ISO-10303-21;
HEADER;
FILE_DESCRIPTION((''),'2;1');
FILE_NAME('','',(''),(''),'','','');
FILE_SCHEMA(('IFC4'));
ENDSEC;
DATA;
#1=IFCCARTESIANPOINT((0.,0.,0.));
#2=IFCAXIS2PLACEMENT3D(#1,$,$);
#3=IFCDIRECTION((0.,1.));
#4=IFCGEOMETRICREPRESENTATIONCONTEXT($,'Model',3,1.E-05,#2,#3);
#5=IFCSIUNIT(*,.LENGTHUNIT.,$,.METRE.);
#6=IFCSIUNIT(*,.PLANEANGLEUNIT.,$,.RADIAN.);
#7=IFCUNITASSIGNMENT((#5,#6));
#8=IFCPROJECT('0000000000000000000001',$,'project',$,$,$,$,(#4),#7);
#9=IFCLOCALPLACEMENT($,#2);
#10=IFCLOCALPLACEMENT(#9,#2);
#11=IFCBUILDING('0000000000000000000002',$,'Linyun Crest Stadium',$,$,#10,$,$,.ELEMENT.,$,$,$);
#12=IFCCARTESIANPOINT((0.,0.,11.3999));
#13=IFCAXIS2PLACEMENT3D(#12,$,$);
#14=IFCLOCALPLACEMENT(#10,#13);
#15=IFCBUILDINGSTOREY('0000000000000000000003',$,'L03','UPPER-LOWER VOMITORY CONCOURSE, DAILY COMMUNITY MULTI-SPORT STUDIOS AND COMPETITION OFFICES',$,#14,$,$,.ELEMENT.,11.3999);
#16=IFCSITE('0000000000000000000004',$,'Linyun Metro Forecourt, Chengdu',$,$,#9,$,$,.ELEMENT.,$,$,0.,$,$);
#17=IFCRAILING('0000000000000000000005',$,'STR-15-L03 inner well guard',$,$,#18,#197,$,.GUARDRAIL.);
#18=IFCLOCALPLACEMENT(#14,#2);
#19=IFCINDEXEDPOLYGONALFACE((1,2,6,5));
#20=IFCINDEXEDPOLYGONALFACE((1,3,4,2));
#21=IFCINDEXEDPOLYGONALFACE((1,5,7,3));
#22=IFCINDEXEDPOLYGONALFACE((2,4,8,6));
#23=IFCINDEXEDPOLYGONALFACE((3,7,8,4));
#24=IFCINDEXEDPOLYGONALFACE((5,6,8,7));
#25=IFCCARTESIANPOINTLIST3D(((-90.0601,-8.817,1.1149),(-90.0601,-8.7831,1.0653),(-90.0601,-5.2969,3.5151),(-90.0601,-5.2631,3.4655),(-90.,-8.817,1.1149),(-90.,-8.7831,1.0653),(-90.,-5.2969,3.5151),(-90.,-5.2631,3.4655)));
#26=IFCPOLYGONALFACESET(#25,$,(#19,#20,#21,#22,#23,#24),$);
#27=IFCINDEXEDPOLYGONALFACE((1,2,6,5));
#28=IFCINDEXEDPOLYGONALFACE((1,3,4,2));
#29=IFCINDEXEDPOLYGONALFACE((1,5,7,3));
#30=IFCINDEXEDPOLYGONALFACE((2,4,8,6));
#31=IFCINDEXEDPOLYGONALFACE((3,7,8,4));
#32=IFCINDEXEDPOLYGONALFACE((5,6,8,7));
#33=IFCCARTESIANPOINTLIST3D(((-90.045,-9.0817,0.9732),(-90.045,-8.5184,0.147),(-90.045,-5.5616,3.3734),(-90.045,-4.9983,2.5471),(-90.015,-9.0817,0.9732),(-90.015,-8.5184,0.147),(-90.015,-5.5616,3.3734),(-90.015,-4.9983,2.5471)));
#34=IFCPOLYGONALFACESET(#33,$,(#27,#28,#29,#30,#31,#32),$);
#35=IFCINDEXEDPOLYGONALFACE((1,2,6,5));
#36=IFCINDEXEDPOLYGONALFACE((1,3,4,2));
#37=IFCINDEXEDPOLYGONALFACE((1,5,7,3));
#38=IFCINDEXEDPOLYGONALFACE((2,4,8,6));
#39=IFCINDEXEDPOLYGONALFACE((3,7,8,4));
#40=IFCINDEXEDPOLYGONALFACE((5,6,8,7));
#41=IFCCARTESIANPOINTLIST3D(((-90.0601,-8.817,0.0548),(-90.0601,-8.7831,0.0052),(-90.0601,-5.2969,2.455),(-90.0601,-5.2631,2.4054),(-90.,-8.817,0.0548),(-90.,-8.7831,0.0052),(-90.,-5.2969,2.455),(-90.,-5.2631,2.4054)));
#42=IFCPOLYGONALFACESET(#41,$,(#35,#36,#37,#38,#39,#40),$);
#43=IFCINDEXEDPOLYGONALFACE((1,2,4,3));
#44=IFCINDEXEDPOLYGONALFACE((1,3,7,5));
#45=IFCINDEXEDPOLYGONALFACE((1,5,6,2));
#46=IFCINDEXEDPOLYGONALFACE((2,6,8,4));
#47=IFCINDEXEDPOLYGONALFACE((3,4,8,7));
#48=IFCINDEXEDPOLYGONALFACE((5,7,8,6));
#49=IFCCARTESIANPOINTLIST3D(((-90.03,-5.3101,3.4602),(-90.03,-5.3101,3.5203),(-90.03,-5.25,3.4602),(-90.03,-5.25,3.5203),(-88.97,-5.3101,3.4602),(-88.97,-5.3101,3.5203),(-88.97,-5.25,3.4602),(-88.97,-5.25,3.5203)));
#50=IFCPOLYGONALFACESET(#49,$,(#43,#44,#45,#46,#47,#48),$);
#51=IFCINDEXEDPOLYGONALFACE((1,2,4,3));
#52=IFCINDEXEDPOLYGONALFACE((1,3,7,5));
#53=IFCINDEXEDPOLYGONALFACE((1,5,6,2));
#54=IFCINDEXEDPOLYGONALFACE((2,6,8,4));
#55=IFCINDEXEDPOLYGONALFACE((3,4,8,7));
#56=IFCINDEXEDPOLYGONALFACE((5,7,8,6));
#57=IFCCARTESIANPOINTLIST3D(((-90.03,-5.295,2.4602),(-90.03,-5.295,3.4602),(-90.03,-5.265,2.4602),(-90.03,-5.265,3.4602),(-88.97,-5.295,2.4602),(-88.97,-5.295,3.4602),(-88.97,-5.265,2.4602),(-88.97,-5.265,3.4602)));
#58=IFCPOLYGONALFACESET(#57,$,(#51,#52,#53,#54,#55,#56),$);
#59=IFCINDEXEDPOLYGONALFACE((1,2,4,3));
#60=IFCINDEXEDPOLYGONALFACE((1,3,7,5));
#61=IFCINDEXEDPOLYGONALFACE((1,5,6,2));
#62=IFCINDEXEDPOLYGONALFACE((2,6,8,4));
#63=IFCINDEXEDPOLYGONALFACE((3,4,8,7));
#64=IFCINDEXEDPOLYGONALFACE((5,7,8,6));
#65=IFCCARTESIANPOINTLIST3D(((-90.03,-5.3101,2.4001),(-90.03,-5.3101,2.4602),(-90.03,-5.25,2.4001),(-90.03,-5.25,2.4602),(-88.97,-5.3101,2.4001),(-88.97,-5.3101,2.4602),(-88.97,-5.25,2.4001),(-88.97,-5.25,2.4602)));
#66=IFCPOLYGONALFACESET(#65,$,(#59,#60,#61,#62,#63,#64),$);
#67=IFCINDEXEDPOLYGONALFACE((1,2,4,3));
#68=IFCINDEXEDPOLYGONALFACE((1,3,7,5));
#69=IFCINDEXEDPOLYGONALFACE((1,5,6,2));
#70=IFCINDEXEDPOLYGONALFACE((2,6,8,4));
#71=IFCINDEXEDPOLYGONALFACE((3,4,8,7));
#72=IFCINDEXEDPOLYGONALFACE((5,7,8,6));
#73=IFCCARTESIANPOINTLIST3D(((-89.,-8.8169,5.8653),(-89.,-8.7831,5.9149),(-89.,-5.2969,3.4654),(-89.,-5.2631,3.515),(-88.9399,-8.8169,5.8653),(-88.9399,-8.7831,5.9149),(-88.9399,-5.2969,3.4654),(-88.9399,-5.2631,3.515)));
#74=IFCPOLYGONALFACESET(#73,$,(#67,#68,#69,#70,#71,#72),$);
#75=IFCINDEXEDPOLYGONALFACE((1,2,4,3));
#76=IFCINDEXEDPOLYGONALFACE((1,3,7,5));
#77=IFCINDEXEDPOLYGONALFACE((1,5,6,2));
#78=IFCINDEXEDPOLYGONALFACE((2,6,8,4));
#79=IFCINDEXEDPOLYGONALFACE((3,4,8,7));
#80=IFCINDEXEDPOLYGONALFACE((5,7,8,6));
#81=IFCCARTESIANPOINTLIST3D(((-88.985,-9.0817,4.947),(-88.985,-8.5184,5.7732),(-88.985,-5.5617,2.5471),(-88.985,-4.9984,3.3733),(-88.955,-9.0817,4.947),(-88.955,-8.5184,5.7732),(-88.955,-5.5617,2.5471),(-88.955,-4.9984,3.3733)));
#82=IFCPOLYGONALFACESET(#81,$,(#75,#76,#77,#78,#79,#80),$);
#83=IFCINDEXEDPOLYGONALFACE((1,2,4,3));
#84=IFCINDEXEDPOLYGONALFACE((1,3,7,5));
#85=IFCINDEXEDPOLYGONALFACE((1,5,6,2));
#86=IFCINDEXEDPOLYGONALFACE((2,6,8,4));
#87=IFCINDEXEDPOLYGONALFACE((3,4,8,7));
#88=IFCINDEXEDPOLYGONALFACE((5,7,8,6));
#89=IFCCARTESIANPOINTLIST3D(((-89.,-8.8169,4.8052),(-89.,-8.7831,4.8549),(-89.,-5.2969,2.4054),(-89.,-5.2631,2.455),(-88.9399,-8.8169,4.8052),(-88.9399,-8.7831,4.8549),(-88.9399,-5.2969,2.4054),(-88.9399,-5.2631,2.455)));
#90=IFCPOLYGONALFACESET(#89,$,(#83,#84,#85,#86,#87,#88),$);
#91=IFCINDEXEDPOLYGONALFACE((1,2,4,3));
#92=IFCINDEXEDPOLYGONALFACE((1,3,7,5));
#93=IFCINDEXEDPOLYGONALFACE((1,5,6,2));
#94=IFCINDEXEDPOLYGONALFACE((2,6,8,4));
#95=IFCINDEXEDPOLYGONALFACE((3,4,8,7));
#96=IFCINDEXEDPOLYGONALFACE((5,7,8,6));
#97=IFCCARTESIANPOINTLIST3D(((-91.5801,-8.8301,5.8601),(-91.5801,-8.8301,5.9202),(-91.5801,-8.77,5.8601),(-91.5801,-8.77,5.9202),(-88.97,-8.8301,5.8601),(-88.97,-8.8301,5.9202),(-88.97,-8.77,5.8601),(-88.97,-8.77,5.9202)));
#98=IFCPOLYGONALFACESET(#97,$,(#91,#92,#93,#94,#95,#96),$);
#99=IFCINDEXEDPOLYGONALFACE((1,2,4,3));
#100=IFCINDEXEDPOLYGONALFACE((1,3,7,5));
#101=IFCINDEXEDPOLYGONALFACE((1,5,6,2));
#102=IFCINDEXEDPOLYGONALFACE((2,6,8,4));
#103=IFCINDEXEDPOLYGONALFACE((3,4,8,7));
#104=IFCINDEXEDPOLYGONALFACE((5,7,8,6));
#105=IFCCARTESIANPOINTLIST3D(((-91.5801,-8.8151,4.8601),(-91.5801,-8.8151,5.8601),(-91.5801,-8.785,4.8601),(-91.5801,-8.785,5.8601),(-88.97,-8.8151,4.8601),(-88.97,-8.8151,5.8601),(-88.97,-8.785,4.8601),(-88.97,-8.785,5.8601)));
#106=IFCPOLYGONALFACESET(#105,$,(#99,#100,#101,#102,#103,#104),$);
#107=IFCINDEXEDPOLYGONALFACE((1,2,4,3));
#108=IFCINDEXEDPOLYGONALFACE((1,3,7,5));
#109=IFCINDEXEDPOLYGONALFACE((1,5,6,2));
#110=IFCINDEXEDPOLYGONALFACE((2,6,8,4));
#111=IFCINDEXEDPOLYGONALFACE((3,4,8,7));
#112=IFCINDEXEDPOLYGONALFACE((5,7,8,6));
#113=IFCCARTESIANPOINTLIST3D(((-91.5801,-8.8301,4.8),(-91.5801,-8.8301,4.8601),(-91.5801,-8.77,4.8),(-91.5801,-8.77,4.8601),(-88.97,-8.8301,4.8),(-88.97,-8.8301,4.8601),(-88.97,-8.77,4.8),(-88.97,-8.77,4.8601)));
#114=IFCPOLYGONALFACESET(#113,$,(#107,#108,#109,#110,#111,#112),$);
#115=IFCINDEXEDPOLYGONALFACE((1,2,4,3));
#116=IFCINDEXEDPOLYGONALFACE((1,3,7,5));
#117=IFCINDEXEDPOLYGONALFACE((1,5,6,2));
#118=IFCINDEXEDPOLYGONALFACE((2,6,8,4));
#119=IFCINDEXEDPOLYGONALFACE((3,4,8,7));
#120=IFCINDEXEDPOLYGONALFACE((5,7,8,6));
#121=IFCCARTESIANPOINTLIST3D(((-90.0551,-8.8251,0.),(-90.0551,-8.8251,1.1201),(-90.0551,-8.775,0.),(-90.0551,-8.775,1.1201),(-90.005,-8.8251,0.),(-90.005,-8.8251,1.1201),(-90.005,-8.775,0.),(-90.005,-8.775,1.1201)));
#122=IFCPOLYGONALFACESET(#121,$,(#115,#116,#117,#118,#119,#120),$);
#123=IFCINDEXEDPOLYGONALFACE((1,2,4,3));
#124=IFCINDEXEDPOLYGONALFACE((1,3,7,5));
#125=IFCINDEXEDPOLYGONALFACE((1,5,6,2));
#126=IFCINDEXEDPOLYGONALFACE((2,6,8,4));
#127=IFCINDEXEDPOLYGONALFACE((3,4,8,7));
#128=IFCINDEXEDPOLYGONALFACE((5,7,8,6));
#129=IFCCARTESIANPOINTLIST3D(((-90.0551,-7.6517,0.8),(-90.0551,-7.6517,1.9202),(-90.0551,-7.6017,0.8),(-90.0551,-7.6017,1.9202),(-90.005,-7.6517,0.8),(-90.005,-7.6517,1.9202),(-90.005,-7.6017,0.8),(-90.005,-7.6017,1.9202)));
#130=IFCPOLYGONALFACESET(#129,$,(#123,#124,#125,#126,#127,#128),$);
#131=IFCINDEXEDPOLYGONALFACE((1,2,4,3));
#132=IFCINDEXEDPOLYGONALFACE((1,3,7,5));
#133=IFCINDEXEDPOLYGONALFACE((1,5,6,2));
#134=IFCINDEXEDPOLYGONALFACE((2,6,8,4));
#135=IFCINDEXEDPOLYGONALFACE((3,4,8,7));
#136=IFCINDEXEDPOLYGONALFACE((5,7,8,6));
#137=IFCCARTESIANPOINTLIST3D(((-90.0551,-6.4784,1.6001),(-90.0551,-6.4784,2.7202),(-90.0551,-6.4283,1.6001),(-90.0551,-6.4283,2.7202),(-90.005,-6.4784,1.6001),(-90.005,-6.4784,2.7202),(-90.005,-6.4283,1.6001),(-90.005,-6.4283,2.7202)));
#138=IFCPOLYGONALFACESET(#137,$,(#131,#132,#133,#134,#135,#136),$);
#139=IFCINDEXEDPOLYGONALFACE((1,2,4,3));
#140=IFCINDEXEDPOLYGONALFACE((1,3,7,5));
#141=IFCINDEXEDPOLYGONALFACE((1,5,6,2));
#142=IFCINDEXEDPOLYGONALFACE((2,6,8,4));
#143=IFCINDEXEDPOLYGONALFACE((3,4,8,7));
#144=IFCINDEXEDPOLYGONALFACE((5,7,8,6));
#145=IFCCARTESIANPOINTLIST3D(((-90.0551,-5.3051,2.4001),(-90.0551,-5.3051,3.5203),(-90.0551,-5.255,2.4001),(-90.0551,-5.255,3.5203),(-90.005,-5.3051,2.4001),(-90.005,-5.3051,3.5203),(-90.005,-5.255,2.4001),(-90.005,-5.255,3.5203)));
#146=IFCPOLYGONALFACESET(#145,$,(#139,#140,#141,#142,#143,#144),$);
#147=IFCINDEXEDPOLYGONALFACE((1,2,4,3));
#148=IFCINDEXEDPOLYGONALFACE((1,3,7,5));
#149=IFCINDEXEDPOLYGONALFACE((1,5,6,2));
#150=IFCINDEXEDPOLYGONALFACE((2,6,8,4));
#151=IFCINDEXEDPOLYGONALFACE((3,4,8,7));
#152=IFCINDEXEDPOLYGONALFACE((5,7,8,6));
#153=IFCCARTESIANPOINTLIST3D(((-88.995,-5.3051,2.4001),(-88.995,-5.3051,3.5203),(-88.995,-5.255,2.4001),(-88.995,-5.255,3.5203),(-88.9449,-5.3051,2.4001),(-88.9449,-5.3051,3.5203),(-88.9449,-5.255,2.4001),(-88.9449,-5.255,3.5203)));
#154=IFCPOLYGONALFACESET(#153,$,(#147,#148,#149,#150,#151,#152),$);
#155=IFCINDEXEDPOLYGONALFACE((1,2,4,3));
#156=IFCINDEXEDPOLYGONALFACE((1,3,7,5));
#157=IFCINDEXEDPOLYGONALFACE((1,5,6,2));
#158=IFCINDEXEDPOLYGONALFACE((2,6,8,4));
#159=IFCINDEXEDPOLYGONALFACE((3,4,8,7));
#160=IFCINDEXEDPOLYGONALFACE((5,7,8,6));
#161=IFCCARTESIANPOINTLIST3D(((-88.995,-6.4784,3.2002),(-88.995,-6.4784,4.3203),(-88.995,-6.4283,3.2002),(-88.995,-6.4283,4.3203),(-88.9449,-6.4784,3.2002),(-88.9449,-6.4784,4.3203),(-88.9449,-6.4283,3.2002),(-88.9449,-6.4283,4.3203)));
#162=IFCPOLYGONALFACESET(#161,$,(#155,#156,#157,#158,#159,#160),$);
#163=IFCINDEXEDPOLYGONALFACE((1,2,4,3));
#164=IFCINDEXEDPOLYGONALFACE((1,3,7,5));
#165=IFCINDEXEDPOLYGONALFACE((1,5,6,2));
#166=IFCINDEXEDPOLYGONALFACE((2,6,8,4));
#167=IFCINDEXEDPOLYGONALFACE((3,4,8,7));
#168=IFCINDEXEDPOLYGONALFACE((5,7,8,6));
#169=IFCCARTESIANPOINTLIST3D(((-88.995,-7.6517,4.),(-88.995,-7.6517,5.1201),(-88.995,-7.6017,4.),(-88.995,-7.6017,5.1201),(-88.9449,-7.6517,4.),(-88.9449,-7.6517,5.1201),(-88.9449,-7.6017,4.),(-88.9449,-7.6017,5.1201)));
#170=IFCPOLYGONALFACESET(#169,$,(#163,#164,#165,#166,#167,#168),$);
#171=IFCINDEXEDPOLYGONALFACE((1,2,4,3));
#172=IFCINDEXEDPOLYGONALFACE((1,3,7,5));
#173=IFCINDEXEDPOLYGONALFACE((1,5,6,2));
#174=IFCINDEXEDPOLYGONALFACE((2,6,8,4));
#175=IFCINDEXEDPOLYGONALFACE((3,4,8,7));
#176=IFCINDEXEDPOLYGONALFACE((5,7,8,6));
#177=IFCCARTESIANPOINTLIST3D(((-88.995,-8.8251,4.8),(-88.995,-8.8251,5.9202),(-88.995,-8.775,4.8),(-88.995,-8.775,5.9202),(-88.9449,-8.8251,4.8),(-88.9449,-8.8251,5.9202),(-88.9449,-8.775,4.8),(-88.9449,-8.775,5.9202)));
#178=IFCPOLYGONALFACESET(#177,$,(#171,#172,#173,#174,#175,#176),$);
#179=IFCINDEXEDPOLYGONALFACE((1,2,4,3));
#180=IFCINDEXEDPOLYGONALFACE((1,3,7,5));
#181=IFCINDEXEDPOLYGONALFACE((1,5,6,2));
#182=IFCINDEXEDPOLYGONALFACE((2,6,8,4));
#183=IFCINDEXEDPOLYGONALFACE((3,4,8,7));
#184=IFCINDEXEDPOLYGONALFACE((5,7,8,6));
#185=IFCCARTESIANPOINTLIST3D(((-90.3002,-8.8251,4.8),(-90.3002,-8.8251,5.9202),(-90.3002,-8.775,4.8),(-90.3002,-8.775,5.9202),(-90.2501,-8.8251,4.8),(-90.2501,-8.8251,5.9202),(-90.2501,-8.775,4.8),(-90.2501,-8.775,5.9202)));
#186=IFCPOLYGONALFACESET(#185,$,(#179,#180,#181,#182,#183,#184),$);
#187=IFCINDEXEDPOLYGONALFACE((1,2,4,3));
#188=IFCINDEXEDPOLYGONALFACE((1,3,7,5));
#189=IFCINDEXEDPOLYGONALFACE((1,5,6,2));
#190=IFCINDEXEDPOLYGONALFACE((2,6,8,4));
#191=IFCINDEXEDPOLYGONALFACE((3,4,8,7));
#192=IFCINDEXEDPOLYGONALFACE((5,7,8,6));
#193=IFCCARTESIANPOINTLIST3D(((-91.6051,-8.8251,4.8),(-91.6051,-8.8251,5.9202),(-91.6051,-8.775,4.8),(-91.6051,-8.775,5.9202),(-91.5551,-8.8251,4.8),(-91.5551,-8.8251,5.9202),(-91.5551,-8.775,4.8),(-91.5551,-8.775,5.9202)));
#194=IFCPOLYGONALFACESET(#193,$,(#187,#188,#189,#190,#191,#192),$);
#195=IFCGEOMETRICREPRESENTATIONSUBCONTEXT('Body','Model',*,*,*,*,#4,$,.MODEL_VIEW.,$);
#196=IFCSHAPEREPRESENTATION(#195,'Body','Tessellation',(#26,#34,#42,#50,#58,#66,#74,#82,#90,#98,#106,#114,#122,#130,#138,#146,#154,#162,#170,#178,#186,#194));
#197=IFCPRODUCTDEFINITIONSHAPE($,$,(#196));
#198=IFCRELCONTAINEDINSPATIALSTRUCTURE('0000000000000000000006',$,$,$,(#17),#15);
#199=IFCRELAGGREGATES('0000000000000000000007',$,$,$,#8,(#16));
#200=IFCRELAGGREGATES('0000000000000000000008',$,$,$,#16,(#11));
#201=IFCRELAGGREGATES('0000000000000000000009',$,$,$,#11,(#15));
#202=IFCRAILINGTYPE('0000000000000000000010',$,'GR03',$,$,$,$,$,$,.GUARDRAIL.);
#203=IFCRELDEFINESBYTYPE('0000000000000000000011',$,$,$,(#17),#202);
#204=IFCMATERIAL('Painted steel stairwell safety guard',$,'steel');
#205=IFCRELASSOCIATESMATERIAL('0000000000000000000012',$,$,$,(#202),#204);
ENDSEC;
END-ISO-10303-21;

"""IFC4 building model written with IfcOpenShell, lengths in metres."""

from ifc_helpers import new_model, si_unit, direction, frame, origin, origin_2d, place, context, subcontext, project, spatial, rectangle, extrude, material, type_object, element, save


model = new_model("IFC4")

# Units and contexts
model_context = context("Model", 3, precision=1e-05, world=origin(), true_north=direction((0.0, 1.0)))
body_context = subcontext(model_context, "Body", "Model", "MODEL_VIEW")
ifc_project = project(units=[si_unit("LENGTHUNIT", "METRE"), si_unit("PLANEANGLEUNIT", "RADIAN")], contexts=[model_context])

# Site, building, storey
site_placement = place(None, origin())
site = spatial("IfcSite", under=ifc_project, at=site_placement, Name="Linyun Metro Forecourt, Chengdu", CompositionType="ELEMENT", RefElevation=0.0)
building_placement = place(site_placement, origin())
building = spatial("IfcBuilding", under=site, at=building_placement, Name="Linyun Crest Stadium", CompositionType="ELEMENT")
storey_placement = place(building_placement, frame((0.0, 0.0, 11.3999)))
storey = spatial("IfcBuildingStorey", under=building, at=storey_placement, Name="L03", Description="UPPER-LOWER VOMITORY CONCOURSE, DAILY COMMUNITY MULTI-SPORT STUDIOS AND COMPETITION OFFICES", CompositionType="ELEMENT", Elevation=11.3999)

# Railing
ifc_material_1 = material(Name="Painted steel stairwell safety guard", Category="steel")
railing_type_1 = type_object("IfcRailingType", Name="GR03", PredefinedType="GUARDRAIL", material=ifc_material_1)
railing_1_placement = place(storey_placement, frame((-90.03, -8.8, 0.0)))
element("IfcRailing", 1, at=railing_1_placement, inside=storey, type_object=railing_type_1, Name="STR-15-L03 inner well guard", PredefinedType="GUARDRAIL", context=body_context, shape_type="SweptSolid", body=[
    extrude(rectangle(XDim=0.0601, YDim=0.0601, at=origin_2d()), frame((0.0, 0.0, 1.0901), z_axis=(0.0, 0.826213, 0.563358), x_axis=(-1.0, 0.0, 0.0)), (0.0, 0.0, 1.0), 4.2605),
    extrude(rectangle(XDim=0.03, YDim=1.0, at=origin_2d()), frame((0.0, 0.0, 0.5601), z_axis=(0.0, 0.826213, 0.563358), x_axis=(-1.0, 0.0, 0.0)), (0.0, 0.0, 1.0), 4.2605),
    extrude(rectangle(XDim=0.0601, YDim=0.0601, at=origin_2d()), frame((0.0, 0.0, 0.03), z_axis=(0.0, 0.826213, 0.563358), x_axis=(-1.0, 0.0, 0.0)), (0.0, 0.0, 1.0), 4.2605),
    extrude(rectangle(XDim=0.0601, YDim=0.0601, at=origin_2d()), frame((0.0, 3.52, 3.4902), z_axis=(1.0, 0.0, 0.0), x_axis=(0.0, 1.0, 0.0)), (0.0, 0.0, 1.0), 1.0601),
    extrude(rectangle(XDim=0.03, YDim=1.0, at=origin_2d()), frame((0.0, 3.52, 2.9602), z_axis=(1.0, 0.0, 0.0), x_axis=(0.0, 1.0, 0.0)), (0.0, 0.0, 1.0), 1.0601),
    extrude(rectangle(XDim=0.0601, YDim=0.0601, at=origin_2d()), frame((0.0, 3.52, 2.4302), z_axis=(1.0, 0.0, 0.0), x_axis=(0.0, 1.0, 0.0)), (0.0, 0.0, 1.0), 1.0601),
    extrude(rectangle(XDim=0.0601, YDim=0.0601, at=origin_2d()), frame((1.0601, 3.52, 3.4902), z_axis=(0.0, -0.826239, 0.563319), x_axis=(1.0, 0.0, 0.0)), (0.0, 0.0, 1.0), 4.2603),
    extrude(rectangle(XDim=0.03, YDim=1.0, at=origin_2d()), frame((1.0601, 3.52, 2.9602), z_axis=(0.0, -0.826239, 0.563319), x_axis=(1.0, 0.0, 0.0)), (0.0, 0.0, 1.0), 4.2603),
    extrude(rectangle(XDim=0.0601, YDim=0.0601, at=origin_2d()), frame((1.0601, 3.52, 2.4302), z_axis=(0.0, -0.826239, 0.563319), x_axis=(1.0, 0.0, 0.0)), (0.0, 0.0, 1.0), 4.2603),
    extrude(rectangle(XDim=0.0601, YDim=0.0601, at=origin_2d()), frame((1.0601, 0.0, 5.8901), z_axis=(-1.0, 0.0, 0.0), x_axis=(0.0, -1.0, 0.0)), (0.0, 0.0, 1.0), 2.6101),
    extrude(rectangle(XDim=0.03, YDim=1.0, at=origin_2d()), frame((1.0601, 0.0, 5.3601), z_axis=(-1.0, 0.0, 0.0), x_axis=(0.0, -1.0, 0.0)), (0.0, 0.0, 1.0), 2.6101),
    extrude(rectangle(XDim=0.0601, YDim=0.0601, at=origin_2d()), frame((1.0601, 0.0, 4.8301), z_axis=(-1.0, 0.0, 0.0), x_axis=(0.0, -1.0, 0.0)), (0.0, 0.0, 1.0), 2.6101),
    extrude(rectangle(XDim=0.05, YDim=0.05, at=origin_2d()), origin(), (0.0, 0.0, 1.0), 1.1201),
    extrude(rectangle(XDim=0.05, YDim=0.05, at=origin_2d()), frame((0.0, 1.1733, 0.8)), (0.0, 0.0, 1.0), 1.1201),
    extrude(rectangle(XDim=0.05, YDim=0.05, at=origin_2d()), frame((0.0, 2.3467, 1.6001)), (0.0, 0.0, 1.0), 1.1201),
    extrude(rectangle(XDim=0.05, YDim=0.05, at=origin_2d()), frame((0.0, 3.52, 2.4001)), (0.0, 0.0, 1.0), 1.1201),
    extrude(rectangle(XDim=0.05, YDim=0.05, at=origin_2d()), frame((1.0601, 3.52, 2.4001)), (0.0, 0.0, 1.0), 1.1201),
    extrude(rectangle(XDim=0.05, YDim=0.05, at=origin_2d()), frame((1.0601, 2.3467, 3.2002)), (0.0, 0.0, 1.0), 1.1201),
    extrude(rectangle(XDim=0.05, YDim=0.05, at=origin_2d()), frame((1.0601, 1.1733, 4.0)), (0.0, 0.0, 1.0), 1.1201),
    extrude(rectangle(XDim=0.05, YDim=0.05, at=origin_2d()), frame((1.0601, 0.0, 4.8)), (0.0, 0.0, 1.0), 1.1201),
    extrude(rectangle(XDim=0.05, YDim=0.05, at=origin_2d()), frame((-0.2451, 0.0, 4.8)), (0.0, 0.0, 1.0), 1.1201),
    extrude(rectangle(XDim=0.05, YDim=0.05, at=origin_2d()), frame((-1.55, 0.0, 4.8)), (0.0, 0.0, 1.0), 1.1201),
])

save(model, "model.ifc")
